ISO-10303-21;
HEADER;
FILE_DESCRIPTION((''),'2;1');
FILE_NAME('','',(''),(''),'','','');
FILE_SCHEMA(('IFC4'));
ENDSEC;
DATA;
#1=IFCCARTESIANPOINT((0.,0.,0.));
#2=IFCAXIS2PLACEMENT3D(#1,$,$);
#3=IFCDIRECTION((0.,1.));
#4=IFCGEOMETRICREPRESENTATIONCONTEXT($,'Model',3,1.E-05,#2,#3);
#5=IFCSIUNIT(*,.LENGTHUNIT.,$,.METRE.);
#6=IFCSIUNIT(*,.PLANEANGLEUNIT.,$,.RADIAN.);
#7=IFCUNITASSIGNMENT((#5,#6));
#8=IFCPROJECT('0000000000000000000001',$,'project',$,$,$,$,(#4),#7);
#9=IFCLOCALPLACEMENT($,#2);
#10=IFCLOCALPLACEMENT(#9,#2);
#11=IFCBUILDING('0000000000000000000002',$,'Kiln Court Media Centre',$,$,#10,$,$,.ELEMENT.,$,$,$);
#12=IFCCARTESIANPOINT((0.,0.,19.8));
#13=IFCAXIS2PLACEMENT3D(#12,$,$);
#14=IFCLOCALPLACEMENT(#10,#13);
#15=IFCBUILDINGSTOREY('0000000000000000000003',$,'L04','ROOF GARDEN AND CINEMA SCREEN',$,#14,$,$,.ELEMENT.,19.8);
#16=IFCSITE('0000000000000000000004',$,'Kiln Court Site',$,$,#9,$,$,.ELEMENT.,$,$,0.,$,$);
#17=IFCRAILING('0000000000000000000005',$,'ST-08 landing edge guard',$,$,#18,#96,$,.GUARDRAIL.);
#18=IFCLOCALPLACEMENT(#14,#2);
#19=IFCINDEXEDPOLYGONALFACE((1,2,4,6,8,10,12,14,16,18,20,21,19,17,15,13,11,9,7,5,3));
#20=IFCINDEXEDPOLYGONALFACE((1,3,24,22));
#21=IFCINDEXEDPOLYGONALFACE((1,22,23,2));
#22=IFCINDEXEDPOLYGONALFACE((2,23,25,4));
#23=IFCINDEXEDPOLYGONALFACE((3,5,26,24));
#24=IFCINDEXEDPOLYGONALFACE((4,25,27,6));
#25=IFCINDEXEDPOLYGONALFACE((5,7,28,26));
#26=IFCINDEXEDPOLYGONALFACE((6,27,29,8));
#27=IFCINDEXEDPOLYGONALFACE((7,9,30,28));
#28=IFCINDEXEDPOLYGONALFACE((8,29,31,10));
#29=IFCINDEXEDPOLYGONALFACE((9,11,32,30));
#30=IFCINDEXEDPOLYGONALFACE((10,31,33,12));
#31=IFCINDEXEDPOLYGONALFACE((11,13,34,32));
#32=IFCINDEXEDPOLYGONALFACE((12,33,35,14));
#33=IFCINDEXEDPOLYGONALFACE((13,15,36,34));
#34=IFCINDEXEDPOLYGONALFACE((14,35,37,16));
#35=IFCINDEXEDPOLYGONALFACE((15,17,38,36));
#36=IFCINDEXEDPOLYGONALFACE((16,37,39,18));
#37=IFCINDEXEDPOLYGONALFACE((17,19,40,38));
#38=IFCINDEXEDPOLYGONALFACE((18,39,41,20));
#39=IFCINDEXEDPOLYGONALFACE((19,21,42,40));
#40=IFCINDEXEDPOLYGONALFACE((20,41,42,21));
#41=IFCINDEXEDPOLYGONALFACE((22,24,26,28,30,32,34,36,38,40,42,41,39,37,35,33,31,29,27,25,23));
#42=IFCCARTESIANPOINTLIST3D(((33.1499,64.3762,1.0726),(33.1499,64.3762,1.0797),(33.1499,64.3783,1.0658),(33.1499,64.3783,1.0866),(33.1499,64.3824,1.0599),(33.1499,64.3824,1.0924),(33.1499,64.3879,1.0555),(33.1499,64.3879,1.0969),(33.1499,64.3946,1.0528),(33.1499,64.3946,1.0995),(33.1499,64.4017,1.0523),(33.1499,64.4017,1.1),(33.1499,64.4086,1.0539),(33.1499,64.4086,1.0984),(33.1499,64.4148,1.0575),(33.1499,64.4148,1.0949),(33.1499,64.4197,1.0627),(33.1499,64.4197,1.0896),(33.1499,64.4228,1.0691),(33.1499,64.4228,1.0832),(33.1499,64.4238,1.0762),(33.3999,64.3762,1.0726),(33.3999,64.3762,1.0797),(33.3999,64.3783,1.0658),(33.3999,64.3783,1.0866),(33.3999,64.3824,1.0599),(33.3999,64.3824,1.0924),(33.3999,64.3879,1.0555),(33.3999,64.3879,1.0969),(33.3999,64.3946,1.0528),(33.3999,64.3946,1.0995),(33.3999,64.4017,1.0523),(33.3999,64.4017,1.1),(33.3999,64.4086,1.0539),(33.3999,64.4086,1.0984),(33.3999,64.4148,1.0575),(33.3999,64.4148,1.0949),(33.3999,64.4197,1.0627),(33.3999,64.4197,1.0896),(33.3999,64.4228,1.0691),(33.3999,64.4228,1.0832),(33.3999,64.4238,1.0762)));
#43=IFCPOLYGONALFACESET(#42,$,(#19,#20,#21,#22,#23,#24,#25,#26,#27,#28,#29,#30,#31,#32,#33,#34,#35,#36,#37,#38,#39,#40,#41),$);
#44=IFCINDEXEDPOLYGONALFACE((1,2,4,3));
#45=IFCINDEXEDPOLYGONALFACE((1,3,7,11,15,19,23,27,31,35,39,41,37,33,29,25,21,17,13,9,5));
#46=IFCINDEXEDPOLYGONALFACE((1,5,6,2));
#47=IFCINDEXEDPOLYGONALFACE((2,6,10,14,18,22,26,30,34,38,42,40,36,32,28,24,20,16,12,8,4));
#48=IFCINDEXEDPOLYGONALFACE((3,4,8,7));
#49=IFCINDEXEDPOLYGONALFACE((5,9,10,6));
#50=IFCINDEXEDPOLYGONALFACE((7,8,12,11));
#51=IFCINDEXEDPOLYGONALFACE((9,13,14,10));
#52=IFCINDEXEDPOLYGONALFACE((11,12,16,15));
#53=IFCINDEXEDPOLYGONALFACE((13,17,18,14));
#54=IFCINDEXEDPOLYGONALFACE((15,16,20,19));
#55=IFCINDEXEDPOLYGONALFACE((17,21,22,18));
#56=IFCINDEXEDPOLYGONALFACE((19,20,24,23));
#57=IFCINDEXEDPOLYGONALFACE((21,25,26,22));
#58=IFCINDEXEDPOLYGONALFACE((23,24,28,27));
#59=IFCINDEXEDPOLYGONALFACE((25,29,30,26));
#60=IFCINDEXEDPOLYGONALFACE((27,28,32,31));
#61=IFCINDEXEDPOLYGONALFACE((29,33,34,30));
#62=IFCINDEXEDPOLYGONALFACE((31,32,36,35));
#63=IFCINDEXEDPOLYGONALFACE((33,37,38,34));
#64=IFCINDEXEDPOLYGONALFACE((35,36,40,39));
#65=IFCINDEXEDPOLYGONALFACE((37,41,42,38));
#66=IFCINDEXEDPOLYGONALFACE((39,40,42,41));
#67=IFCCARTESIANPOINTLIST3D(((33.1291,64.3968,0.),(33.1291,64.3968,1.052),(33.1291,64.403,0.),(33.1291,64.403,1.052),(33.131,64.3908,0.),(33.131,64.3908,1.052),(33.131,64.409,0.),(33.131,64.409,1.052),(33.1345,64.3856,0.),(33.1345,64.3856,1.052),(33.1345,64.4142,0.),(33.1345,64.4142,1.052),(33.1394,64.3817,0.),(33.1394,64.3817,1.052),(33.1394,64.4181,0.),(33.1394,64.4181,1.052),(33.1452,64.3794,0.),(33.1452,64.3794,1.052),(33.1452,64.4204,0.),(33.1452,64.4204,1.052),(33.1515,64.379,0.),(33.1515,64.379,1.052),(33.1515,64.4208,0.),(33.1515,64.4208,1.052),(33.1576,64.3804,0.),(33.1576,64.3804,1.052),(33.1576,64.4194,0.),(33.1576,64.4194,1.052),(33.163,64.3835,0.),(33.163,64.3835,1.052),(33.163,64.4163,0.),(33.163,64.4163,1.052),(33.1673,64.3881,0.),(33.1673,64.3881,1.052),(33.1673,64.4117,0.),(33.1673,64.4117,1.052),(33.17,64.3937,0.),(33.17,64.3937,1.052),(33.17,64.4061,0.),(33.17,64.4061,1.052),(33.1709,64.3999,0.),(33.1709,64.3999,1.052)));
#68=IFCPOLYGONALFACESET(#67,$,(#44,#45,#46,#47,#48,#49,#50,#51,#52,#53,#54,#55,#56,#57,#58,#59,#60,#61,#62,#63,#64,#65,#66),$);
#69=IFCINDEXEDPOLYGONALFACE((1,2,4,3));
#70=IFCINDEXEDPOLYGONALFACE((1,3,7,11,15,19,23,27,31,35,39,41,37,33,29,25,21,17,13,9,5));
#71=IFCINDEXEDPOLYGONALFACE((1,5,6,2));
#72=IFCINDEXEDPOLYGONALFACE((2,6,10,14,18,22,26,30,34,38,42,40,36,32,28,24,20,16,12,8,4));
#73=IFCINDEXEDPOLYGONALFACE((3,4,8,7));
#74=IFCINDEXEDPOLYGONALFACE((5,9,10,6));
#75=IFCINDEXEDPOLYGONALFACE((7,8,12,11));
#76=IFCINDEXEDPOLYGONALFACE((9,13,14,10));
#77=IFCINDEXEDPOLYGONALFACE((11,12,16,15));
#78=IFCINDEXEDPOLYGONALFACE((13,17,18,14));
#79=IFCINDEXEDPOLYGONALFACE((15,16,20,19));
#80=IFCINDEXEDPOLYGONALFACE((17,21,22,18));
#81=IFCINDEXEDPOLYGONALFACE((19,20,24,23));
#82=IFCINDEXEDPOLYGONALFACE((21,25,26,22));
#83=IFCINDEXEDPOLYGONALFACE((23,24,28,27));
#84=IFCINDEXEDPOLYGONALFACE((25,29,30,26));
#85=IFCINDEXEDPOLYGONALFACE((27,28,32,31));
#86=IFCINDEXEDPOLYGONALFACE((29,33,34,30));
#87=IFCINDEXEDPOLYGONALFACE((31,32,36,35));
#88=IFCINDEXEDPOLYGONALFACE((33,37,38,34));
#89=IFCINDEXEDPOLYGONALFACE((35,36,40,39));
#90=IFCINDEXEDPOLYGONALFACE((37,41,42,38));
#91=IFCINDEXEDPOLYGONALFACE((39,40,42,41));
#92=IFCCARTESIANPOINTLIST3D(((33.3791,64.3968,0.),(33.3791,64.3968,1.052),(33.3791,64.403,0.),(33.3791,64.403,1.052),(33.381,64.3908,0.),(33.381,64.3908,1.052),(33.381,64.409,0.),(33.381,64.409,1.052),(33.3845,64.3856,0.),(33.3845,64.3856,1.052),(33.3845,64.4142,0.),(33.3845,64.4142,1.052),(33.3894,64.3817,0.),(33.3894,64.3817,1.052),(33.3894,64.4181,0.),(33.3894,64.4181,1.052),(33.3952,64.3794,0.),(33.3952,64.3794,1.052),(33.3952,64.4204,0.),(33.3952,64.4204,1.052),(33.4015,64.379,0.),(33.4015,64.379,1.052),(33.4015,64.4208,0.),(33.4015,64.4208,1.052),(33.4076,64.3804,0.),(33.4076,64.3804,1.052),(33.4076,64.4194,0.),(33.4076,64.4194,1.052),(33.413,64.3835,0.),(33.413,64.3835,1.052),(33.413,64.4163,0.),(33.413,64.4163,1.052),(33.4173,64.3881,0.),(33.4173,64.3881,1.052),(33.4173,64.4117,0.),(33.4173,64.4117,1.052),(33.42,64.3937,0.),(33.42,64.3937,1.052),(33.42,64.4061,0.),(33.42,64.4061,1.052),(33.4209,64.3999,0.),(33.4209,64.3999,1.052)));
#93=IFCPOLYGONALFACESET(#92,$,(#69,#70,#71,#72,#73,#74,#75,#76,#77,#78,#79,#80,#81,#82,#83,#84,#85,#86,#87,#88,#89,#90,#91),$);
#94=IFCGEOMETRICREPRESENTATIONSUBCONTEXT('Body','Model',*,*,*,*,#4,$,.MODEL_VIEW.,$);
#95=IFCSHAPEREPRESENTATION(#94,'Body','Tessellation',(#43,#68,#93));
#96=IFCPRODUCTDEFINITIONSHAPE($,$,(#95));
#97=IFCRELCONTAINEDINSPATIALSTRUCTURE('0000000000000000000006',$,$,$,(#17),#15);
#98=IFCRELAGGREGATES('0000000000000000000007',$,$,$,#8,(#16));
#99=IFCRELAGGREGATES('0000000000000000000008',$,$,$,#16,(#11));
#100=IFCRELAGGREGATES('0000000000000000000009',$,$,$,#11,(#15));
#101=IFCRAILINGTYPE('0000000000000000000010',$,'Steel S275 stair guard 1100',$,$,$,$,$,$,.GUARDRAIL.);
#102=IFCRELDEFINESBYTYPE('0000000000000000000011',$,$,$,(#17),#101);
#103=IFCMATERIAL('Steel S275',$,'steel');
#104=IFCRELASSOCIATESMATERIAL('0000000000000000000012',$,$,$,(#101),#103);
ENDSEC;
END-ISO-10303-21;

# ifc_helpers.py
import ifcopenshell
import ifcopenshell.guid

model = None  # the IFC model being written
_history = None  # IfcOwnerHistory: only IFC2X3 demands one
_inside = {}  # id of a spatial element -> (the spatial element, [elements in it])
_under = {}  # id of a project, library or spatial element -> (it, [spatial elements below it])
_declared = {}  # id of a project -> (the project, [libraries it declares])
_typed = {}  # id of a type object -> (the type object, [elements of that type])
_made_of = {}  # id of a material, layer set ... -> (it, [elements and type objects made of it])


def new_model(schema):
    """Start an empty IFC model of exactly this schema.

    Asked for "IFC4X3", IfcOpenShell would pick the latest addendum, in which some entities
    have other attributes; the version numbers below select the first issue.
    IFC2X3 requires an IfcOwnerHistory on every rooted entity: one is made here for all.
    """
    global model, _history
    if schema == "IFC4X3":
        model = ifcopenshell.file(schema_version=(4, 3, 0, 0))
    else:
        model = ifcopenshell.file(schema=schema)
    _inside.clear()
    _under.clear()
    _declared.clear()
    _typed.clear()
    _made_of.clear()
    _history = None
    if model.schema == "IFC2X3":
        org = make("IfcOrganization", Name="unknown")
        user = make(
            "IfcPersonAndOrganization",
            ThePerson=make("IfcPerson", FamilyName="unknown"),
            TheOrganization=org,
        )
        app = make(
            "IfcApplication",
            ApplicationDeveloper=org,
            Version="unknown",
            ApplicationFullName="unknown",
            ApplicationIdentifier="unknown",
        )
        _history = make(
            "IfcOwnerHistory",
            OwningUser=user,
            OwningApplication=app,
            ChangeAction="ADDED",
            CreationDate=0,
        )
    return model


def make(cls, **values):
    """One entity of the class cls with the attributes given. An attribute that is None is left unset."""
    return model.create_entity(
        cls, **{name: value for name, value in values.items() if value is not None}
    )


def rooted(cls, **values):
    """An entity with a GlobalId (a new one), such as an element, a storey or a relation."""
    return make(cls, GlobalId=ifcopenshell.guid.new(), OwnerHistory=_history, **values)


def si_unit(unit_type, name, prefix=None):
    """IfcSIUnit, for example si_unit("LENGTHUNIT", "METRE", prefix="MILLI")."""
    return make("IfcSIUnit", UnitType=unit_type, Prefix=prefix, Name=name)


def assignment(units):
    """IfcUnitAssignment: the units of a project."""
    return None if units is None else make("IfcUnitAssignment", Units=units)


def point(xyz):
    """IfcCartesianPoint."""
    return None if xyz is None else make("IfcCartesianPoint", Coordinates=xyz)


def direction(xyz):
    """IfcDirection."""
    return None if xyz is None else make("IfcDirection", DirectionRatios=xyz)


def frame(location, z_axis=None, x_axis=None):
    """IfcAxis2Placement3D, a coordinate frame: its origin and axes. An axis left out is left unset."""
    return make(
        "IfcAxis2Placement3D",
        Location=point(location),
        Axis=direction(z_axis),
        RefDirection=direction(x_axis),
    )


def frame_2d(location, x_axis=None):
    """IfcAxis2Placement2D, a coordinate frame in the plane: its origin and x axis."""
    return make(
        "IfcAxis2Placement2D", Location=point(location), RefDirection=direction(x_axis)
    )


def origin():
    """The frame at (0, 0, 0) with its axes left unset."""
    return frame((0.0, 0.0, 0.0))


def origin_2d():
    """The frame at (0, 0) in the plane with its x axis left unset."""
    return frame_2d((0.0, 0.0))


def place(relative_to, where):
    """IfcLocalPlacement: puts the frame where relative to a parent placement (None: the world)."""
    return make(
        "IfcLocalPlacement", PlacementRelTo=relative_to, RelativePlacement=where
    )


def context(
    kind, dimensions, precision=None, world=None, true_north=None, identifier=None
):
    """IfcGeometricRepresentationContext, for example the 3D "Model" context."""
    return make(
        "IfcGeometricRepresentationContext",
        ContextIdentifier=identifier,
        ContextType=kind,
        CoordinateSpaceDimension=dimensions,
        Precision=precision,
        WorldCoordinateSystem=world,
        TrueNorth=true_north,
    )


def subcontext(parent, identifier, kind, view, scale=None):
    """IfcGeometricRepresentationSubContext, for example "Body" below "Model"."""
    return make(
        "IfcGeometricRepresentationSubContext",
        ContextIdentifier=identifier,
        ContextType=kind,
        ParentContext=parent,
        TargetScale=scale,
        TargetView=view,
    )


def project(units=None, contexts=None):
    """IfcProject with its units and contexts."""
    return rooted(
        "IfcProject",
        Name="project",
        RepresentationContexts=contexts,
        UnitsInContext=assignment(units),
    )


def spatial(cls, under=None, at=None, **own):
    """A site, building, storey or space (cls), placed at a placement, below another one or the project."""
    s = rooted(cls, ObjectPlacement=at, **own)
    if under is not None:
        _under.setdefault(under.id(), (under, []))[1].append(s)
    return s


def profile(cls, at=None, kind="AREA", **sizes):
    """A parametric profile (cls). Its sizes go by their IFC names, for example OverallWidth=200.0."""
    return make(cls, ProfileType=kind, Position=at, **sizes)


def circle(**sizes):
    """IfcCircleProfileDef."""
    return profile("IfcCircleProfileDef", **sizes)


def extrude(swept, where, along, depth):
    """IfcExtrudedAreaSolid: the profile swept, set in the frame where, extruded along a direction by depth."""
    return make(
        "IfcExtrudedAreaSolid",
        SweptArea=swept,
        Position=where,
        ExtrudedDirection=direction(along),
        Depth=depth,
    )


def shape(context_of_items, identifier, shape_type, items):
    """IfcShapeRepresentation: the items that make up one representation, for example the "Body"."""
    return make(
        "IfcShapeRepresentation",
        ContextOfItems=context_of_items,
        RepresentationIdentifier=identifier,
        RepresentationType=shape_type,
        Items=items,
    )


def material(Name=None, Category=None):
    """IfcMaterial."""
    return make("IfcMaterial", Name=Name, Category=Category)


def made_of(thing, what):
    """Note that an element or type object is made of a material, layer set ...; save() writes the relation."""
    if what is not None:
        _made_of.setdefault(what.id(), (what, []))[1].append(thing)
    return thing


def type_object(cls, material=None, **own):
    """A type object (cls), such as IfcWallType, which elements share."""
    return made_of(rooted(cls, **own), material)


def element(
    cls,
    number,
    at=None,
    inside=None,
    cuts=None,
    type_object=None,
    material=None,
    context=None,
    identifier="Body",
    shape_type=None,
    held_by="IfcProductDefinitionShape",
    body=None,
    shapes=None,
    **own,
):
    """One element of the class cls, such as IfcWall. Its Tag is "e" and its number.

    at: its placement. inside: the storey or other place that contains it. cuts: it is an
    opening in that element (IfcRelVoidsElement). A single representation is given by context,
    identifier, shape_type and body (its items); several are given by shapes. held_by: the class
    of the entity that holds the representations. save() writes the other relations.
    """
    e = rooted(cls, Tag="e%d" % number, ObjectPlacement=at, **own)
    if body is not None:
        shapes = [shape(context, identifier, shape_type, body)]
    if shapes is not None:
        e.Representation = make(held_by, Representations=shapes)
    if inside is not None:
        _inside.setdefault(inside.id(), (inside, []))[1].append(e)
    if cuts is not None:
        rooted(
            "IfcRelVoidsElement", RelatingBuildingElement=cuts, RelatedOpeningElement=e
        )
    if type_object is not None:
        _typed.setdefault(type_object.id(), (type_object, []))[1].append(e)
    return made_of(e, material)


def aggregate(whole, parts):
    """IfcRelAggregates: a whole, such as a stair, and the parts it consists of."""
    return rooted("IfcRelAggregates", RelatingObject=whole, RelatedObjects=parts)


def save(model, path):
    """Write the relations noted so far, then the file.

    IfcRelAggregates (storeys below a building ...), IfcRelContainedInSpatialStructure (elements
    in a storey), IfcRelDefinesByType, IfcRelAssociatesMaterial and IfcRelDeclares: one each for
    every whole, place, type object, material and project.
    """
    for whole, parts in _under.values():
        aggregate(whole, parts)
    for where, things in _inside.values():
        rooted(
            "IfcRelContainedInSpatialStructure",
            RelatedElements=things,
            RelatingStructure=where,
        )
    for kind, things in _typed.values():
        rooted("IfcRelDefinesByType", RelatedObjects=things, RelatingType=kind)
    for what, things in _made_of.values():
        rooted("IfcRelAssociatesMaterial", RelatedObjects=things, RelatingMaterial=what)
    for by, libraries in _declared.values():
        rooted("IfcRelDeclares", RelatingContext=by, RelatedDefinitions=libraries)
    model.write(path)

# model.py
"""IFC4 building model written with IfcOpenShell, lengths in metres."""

from ifc_helpers import new_model, si_unit, direction, frame, origin, origin_2d, place, context, subcontext, project, spatial, circle, extrude, material, type_object, element, save


model = new_model("IFC4")

# Units and contexts
model_context = context("Model", 3, precision=1e-05, world=origin(), true_north=direction((0.0, 1.0)))
body_context = subcontext(model_context, "Body", "Model", "MODEL_VIEW")
ifc_project = project(units=[si_unit("LENGTHUNIT", "METRE"), si_unit("PLANEANGLEUNIT", "RADIAN")], contexts=[model_context])

# Site, building, storey
site_placement = place(None, origin())
site = spatial("IfcSite", under=ifc_project, at=site_placement, Name="Kiln Court Site", CompositionType="ELEMENT", RefElevation=0.0)
building_placement = place(site_placement, origin())
building = spatial("IfcBuilding", under=site, at=building_placement, Name="Kiln Court Media Centre", CompositionType="ELEMENT")
storey_placement = place(building_placement, frame((0.0, 0.0, 19.8)))
storey = spatial("IfcBuildingStorey", under=building, at=storey_placement, Name="L04", Description="ROOF GARDEN AND CINEMA SCREEN", CompositionType="ELEMENT", Elevation=19.8)

# Railing
ifc_material_1 = material(Name="Steel S275", Category="steel")
railing_type_1 = type_object("IfcRailingType", Name="Steel S275 stair guard 1100", PredefinedType="GUARDRAIL", material=ifc_material_1)
for number, where, name in (
    (1, (33.1499, 64.3999, 0.0), "ST-08 landing edge guard"),
):
    element("IfcRailing", number, at=place(storey_placement, frame(where)), inside=storey, type_object=railing_type_1, Name=name, PredefinedType="GUARDRAIL", context=body_context, shape_type="SweptSolid", body=[
        extrude(circle(Radius=0.0239, at=origin_2d()), frame((0.0, 0.0, 1.0762), z_axis=(1.0, 0.0, 0.0), x_axis=(0.0, 1.0, 0.0)), (0.0, 0.0, 1.0), 0.25),
        extrude(circle(Radius=0.021, at=origin_2d()), origin(), (0.0, 0.0, 1.0), 1.052),
        extrude(circle(Radius=0.021, at=origin_2d()), frame((0.25, 0.0, 0.0)), (0.0, 0.0, 1.0), 1.052),
    ])

save(model, "model.ifc")
